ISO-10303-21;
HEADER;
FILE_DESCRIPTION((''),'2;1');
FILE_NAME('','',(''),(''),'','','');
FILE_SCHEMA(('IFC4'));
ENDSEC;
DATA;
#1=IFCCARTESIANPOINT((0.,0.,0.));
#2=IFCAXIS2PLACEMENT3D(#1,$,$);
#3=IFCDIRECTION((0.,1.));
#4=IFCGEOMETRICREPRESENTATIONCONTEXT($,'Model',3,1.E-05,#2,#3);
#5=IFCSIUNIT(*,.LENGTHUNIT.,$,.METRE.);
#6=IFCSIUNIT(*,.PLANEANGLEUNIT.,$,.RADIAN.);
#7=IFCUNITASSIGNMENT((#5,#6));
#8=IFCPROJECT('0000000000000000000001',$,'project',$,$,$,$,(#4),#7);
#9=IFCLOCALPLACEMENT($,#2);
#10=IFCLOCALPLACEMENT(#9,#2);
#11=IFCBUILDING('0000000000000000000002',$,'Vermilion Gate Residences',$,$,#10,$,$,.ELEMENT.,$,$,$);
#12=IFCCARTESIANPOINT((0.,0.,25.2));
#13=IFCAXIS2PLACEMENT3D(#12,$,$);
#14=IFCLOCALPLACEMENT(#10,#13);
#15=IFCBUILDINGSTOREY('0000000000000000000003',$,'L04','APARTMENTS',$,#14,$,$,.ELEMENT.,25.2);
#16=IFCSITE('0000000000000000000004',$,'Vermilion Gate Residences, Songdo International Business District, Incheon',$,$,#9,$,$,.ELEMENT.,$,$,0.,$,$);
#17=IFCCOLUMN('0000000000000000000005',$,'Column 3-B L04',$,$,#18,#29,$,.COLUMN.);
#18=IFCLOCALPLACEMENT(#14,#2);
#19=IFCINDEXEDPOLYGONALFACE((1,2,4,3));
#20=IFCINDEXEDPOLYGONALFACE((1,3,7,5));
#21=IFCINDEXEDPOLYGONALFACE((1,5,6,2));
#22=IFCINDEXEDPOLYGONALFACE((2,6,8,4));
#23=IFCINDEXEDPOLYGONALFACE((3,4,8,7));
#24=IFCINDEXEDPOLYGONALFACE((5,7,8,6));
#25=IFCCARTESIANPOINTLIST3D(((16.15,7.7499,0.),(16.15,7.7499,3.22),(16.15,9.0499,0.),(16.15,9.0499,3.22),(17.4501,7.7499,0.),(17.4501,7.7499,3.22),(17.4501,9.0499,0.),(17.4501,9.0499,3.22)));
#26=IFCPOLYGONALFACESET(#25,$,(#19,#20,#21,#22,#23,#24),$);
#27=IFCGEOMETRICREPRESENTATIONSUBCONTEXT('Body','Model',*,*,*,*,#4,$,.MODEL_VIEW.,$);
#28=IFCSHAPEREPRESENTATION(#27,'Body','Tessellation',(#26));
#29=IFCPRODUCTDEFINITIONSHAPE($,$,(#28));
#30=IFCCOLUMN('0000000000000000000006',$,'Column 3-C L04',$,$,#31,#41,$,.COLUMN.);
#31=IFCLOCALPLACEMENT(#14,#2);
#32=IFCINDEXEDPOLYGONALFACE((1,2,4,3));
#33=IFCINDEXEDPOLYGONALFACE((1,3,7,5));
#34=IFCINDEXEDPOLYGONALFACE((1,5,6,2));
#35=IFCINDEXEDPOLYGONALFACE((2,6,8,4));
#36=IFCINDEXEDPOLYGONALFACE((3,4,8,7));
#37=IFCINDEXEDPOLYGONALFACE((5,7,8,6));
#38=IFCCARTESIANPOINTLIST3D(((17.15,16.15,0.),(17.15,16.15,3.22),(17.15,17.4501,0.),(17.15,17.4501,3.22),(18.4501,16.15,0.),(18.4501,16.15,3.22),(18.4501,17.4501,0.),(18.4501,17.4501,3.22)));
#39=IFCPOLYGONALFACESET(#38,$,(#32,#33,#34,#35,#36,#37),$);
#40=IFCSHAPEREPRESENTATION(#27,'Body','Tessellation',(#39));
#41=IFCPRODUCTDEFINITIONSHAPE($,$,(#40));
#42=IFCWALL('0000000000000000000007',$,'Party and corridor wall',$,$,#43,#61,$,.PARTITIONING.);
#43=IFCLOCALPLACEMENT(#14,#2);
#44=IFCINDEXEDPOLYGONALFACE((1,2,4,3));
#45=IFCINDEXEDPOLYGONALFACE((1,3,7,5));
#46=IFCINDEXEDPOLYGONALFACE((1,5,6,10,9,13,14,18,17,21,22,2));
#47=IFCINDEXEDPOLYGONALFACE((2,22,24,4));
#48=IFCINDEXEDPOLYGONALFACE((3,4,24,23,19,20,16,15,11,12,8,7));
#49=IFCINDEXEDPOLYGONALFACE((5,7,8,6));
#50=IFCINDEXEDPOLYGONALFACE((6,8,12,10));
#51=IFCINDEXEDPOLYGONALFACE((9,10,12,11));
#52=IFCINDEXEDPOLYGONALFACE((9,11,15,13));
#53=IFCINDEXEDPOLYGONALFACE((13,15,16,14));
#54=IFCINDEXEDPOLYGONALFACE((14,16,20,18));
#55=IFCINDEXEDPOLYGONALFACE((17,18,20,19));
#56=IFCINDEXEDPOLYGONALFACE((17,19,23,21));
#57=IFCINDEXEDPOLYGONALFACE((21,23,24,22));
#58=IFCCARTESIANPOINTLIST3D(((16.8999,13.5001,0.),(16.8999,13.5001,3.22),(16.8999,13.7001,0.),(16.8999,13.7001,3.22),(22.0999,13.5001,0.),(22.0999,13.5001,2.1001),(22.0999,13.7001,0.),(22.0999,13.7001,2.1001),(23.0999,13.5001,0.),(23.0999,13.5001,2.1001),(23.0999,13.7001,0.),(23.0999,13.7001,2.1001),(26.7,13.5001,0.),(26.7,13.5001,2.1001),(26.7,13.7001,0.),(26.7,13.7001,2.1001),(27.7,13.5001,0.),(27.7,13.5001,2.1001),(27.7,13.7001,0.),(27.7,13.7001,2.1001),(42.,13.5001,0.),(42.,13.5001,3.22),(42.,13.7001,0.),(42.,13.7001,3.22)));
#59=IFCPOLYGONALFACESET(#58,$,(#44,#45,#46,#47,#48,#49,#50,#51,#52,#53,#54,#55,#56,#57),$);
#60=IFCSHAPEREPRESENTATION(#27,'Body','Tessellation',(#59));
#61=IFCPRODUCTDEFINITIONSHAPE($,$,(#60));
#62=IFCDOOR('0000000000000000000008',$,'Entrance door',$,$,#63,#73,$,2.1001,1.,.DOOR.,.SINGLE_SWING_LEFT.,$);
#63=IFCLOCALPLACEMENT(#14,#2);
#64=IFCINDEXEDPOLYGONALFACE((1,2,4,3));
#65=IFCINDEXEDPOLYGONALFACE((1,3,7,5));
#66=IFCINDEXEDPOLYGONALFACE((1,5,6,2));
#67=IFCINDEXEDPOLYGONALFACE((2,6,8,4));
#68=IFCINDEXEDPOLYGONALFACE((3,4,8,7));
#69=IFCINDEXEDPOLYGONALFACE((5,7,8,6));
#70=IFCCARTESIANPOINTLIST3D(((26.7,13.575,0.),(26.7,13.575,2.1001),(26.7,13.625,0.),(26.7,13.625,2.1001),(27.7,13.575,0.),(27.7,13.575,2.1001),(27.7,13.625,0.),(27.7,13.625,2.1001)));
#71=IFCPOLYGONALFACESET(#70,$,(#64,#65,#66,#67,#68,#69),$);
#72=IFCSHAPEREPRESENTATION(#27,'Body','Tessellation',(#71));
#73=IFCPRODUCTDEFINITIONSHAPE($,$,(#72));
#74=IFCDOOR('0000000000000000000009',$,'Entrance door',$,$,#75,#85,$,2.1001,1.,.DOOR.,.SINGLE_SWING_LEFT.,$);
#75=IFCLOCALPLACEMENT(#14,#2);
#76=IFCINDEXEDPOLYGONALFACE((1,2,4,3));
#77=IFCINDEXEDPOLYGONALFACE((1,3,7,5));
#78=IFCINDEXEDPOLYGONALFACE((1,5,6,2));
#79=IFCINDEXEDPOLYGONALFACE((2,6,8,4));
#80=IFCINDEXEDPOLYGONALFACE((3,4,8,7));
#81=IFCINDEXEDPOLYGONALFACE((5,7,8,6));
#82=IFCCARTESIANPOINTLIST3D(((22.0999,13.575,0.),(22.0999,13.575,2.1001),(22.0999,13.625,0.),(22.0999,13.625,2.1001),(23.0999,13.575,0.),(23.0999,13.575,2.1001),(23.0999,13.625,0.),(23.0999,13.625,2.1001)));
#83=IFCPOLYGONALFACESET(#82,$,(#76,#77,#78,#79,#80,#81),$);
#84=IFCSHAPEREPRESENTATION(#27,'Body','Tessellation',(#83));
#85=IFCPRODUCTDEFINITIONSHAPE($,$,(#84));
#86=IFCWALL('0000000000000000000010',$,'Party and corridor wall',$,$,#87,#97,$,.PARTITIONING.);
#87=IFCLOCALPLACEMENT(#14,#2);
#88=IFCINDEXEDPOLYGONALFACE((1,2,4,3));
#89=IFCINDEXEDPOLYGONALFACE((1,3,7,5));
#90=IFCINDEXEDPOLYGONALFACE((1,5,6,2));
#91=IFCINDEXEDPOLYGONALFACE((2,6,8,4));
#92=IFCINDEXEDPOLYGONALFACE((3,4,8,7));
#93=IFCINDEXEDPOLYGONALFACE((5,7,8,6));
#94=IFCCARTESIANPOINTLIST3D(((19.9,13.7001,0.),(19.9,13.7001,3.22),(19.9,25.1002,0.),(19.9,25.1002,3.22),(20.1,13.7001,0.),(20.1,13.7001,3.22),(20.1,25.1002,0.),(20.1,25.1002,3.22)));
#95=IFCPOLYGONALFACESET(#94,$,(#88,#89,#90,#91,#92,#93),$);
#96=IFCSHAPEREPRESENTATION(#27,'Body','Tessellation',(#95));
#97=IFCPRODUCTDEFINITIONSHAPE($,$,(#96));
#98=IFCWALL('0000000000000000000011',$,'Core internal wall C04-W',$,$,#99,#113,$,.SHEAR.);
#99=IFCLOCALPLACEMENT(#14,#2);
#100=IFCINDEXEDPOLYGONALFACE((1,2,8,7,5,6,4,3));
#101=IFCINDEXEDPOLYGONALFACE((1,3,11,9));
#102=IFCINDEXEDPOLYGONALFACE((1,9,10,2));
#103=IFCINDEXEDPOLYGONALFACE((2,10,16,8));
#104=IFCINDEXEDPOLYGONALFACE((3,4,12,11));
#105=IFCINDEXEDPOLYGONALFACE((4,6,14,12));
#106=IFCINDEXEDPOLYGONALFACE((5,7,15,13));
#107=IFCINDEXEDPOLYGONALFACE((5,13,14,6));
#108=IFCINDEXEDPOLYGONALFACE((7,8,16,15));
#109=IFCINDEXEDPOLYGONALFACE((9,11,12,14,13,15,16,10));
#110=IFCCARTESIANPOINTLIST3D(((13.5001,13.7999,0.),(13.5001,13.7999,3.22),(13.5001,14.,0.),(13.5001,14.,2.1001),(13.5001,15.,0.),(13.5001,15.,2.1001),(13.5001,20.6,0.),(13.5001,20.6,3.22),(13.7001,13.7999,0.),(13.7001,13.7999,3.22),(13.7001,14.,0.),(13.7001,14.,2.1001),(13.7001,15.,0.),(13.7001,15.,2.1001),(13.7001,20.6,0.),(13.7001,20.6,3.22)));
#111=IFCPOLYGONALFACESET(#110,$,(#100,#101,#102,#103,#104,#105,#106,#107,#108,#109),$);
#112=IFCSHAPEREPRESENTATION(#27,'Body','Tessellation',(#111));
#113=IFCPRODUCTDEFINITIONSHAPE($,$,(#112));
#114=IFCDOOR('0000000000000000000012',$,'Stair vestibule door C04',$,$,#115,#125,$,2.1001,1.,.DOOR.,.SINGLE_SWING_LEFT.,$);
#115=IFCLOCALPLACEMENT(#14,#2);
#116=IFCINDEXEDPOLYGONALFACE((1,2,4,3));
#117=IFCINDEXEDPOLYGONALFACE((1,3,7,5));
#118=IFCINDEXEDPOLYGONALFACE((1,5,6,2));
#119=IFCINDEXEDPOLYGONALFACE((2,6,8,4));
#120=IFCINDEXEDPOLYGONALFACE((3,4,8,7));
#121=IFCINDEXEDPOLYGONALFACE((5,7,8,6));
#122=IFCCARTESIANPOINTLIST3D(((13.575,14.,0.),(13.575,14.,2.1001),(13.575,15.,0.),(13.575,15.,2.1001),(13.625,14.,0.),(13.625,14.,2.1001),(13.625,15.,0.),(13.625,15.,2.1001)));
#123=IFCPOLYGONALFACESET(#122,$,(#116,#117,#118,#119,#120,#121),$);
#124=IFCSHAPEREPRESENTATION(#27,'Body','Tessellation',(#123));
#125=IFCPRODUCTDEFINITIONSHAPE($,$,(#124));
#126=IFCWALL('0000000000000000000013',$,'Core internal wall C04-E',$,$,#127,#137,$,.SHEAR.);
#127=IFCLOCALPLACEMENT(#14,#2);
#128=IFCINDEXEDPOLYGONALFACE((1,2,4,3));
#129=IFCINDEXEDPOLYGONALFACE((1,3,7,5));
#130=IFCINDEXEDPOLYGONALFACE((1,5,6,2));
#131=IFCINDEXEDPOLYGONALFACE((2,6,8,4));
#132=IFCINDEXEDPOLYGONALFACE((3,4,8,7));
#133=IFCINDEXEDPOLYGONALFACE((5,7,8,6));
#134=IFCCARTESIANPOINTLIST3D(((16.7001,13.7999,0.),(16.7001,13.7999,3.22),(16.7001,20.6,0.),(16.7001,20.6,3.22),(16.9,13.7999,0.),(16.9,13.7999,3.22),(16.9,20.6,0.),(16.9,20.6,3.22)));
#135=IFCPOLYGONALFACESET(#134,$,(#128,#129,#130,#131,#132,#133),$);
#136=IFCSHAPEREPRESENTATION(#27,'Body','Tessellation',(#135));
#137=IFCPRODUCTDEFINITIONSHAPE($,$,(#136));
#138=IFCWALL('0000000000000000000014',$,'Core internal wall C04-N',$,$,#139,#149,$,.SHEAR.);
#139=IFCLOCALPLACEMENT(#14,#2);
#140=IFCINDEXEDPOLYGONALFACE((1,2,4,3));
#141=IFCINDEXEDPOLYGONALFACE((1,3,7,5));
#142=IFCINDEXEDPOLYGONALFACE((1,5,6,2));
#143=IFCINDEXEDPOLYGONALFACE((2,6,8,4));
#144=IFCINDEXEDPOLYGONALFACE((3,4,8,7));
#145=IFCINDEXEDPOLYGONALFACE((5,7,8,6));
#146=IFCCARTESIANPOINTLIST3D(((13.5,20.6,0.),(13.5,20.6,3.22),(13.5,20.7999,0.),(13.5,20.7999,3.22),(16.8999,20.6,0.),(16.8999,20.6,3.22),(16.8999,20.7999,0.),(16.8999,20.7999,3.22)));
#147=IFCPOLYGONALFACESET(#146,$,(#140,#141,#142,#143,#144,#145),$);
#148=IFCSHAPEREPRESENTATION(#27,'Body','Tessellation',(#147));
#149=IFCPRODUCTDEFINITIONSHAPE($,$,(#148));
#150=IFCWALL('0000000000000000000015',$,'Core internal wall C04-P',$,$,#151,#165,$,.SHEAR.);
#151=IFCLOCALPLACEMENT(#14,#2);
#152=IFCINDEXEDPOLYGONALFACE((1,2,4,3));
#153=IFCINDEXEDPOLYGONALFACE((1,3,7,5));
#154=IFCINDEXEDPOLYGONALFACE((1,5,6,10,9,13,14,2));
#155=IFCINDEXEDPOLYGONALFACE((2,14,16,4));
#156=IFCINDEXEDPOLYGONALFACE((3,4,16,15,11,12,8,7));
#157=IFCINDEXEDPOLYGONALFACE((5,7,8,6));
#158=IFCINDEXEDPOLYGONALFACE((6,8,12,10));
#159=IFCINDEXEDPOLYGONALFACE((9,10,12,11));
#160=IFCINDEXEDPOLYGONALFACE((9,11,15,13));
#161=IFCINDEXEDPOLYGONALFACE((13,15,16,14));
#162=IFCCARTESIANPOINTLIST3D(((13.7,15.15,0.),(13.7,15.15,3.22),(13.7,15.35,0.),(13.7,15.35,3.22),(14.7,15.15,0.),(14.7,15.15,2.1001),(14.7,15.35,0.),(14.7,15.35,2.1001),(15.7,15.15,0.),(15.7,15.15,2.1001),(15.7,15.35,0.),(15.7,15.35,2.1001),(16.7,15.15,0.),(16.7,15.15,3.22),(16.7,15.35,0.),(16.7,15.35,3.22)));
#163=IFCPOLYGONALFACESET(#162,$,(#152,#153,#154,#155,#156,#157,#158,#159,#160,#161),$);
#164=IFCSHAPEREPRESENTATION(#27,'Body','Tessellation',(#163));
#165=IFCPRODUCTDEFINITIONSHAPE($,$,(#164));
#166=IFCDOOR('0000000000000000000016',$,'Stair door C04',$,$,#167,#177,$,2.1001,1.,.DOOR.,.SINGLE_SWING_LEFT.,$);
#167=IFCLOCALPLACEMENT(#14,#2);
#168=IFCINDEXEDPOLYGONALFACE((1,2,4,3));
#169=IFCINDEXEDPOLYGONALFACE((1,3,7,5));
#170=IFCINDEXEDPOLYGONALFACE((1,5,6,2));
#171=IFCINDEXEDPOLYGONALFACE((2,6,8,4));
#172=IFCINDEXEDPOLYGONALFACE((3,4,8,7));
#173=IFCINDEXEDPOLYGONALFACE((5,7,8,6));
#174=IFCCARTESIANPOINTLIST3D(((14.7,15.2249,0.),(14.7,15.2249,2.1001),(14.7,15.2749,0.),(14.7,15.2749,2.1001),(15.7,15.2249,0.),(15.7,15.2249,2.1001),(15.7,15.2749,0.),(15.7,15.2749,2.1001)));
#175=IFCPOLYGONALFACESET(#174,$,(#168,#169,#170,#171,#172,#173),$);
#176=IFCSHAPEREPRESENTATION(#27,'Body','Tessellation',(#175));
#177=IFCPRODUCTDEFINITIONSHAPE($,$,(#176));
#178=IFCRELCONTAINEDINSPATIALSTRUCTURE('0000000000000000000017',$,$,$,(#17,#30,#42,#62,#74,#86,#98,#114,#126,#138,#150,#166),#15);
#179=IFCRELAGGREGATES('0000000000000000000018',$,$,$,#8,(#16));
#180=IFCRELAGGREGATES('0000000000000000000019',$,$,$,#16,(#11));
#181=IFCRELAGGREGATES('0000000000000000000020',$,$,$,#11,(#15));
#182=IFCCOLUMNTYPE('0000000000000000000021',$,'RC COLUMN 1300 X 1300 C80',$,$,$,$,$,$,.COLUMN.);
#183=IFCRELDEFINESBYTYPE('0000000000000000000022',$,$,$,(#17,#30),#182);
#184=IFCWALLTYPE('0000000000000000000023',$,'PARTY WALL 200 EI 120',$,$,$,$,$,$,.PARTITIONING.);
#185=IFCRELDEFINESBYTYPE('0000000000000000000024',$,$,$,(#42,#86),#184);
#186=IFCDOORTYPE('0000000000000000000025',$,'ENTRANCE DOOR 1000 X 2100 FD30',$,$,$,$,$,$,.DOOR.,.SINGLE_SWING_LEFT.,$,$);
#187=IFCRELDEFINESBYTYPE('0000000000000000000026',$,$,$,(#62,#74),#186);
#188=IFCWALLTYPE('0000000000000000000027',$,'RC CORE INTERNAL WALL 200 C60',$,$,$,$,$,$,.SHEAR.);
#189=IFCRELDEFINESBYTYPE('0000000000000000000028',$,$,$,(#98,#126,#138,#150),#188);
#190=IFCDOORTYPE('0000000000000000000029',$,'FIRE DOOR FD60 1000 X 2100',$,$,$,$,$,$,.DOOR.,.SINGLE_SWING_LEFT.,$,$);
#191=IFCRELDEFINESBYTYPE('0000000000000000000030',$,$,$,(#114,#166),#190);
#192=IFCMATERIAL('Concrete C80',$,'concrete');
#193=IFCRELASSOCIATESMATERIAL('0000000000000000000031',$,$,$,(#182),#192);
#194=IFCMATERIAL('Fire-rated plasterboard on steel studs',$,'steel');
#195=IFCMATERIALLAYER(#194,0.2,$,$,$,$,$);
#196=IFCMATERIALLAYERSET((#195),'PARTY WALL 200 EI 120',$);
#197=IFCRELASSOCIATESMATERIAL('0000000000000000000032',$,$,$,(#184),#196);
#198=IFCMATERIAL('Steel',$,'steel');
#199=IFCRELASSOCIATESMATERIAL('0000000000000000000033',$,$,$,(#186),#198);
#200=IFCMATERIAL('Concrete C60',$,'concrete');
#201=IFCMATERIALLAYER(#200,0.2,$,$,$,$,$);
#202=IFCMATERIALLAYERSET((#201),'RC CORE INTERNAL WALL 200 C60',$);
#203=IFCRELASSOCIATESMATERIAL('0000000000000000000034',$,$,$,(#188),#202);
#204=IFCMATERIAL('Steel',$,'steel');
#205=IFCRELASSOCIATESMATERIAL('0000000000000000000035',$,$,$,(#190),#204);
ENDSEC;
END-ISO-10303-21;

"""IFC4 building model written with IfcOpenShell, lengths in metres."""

from ifc_helpers import new_model, si_unit, direction, frame, frame_2d, origin, origin_2d, place, context, subcontext, project, spatial, rectangle, extrude, material, layer, layer_set, material_profile, profile_set, type_object, element, fill, save


model = new_model("IFC4")

# Units and contexts
model_context = context("Model", 3, precision=1e-05, world=origin(), true_north=direction((0.0, 1.0)))
body_context = subcontext(model_context, "Body", "Model", "MODEL_VIEW")
ifc_project = project(units=[si_unit("LENGTHUNIT", "METRE"), si_unit("PLANEANGLEUNIT", "RADIAN")], contexts=[model_context])

# Site, building, storey
site_placement = place(None, origin())
site = spatial("IfcSite", under=ifc_project, at=site_placement, Name="Vermilion Gate Residences, Songdo International Business District, Incheon", CompositionType="ELEMENT", RefElevation=0.0)
building_placement = place(site_placement, origin())
building = spatial("IfcBuilding", under=site, at=building_placement, Name="Vermilion Gate Residences", CompositionType="ELEMENT")
storey_placement = place(building_placement, frame((0.0, 0.0, 25.2)))
storey = spatial("IfcBuildingStorey", under=building, at=storey_placement, Name="L04", Description="APARTMENTS", CompositionType="ELEMENT", Elevation=25.2)

# Columns
ifc_material_1 = material(Name="Concrete C80", Category="concrete")
ifc_material_profile = material_profile(ifc_material_1, rectangle(XDim=1.3, YDim=1.3, at=origin_2d()), Name="RC-1300x1300")
ifc_profile_set = profile_set([ifc_material_profile], Name="Concrete C80")
column_type = type_object("IfcColumnType", Name="RC COLUMN 1300 X 1300 C80", PredefinedType="COLUMN", material=ifc_profile_set)
for number, where, z_axis, x_axis, name in (
    (1, (16.8, 8.3999, 0.0), (0.0, 0.0, 1.0), (1.0, 0.0, 0.0), "Column 3-B L04"),
    (2, (17.8, 16.8, 0.0), (0.0, 0.0, 1.0), (1.0, 0.0, 0.0), "Column 3-C L04"),
):
    element("IfcColumn", number, at=place(storey_placement, frame(where, z_axis=z_axis, x_axis=x_axis)), inside=storey, type_object=column_type, Name=name, PredefinedType="COLUMN", context=body_context, shape_type="SweptSolid", body=[
        extrude(rectangle(XDim=1.3, YDim=1.3, at=origin_2d()), origin(), (0.0, 0.0, 1.0), 3.22),
    ])

# Wall, openings, doors
ifc_material_2 = material(Name="Fire-rated plasterboard on steel studs", Category="steel")
ifc_layer_1 = layer(ifc_material_2, 0.2)
ifc_layer_set_1 = layer_set([ifc_layer_1], Name="PARTY WALL 200 EI 120")
wall_type_1 = type_object("IfcWallType", Name="PARTY WALL 200 EI 120", PredefinedType="PARTITIONING", material=ifc_layer_set_1)
wall_1_placement = place(storey_placement, frame((16.8999, 13.6001, 0.0), z_axis=(0.0, 0.0, 1.0), x_axis=(1.0, 0.0, 0.0)))
wall_1 = element("IfcWall", 3, at=wall_1_placement, inside=storey, type_object=wall_type_1, Name="Party and corridor wall", PredefinedType="PARTITIONING", context=body_context, shape_type="SweptSolid", body=[
    extrude(rectangle(XDim=25.1001, YDim=0.2, at=frame_2d((12.55, 0.0))), origin(), (0.0, 0.0, 1.0), 3.22),
])
opening_1_placement = place(wall_1_placement, frame((9.8, 0.0, 0.0)))
opening_1 = element("IfcOpeningElement", 4, at=opening_1_placement, cuts=wall_1, PredefinedType="OPENING", context=body_context, shape_type="SweptSolid", body=[
    extrude(rectangle(XDim=1.0, YDim=2.1001, at=frame_2d((0.5, 1.05))), frame((0.0, 0.1099, 0.0), z_axis=(0.0, -1.0, 0.0), x_axis=(1.0, 0.0, 0.0)), (0.0, 0.0, 1.0), 0.22),
])
opening_2_placement = place(wall_1_placement, frame((5.2, 0.0, 0.0)))
opening_2 = element("IfcOpeningElement", 5, at=opening_2_placement, cuts=wall_1, PredefinedType="OPENING", context=body_context, shape_type="SweptSolid", body=[
    extrude(rectangle(XDim=1.0, YDim=2.1001, at=frame_2d((0.5, 1.05))), frame((0.0, 0.1099, 0.0), z_axis=(0.0, -1.0, 0.0), x_axis=(1.0, 0.0, 0.0)), (0.0, 0.0, 1.0), 0.22),
])
ifc_material_3 = material(Name="Steel", Category="steel")
door_type_1 = type_object("IfcDoorType", Name="ENTRANCE DOOR 1000 X 2100 FD30", OperationType="SINGLE_SWING_LEFT", PredefinedType="DOOR", material=ifc_material_3)
door_1_placement = place(opening_1_placement, origin())
door_1 = element("IfcDoor", 6, at=door_1_placement, inside=storey, type_object=door_type_1, Name="Entrance door", OperationType="SINGLE_SWING_LEFT", OverallHeight=2.1001, OverallWidth=1.0, PredefinedType="DOOR", context=body_context, shape_type="SweptSolid", body=[
    extrude(rectangle(XDim=1.0, YDim=2.1001, at=frame_2d((0.5, 1.05))), frame((0.0, 0.0249, 0.0), z_axis=(0.0, -1.0, 0.0), x_axis=(1.0, 0.0, 0.0)), (0.0, 0.0, 1.0), 0.05),
])
fill(opening_1, door_1)
door_2_placement = place(opening_2_placement, origin())
door_2 = element("IfcDoor", 7, at=door_2_placement, inside=storey, type_object=door_type_1, Name="Entrance door", OperationType="SINGLE_SWING_LEFT", OverallHeight=2.1001, OverallWidth=1.0, PredefinedType="DOOR", context=body_context, shape_type="SweptSolid", body=[
    extrude(rectangle(XDim=1.0, YDim=2.1001, at=frame_2d((0.5, 1.05))), frame((0.0, 0.0249, 0.0), z_axis=(0.0, -1.0, 0.0), x_axis=(1.0, 0.0, 0.0)), (0.0, 0.0, 1.0), 0.05),
])
fill(opening_2, door_2)

# Wall
wall_2_placement = place(storey_placement, frame((20.0, 13.7, 0.0), z_axis=(0.0, 0.0, 1.0), x_axis=(0.0, 1.0, 0.0)))
element("IfcWall", 8, at=wall_2_placement, inside=storey, type_object=wall_type_1, Name="Party and corridor wall", PredefinedType="PARTITIONING", context=body_context, shape_type="SweptSolid", body=[
    extrude(rectangle(XDim=11.4001, YDim=0.2, at=frame_2d((5.7002, 0.0))), origin(), (0.0, 0.0, 1.0), 3.22),
])

# Wall, opening, door
ifc_material_4 = material(Name="Concrete C60", Category="concrete")
ifc_layer_2 = layer(ifc_material_4, 0.2)
ifc_layer_set_2 = layer_set([ifc_layer_2], Name="RC CORE INTERNAL WALL 200 C60")
wall_type_2 = type_object("IfcWallType", Name="RC CORE INTERNAL WALL 200 C60", PredefinedType="SHEAR", material=ifc_layer_set_2)
wall_3_placement = place(storey_placement, frame((13.6001, 13.8, 0.0), z_axis=(0.0, 0.0, 1.0), x_axis=(0.0, 1.0, 0.0)))
wall_3 = element("IfcWall", 9, at=wall_3_placement, inside=storey, type_object=wall_type_2, Name="Core internal wall C04-W", PredefinedType="SHEAR", context=body_context, shape_type="SweptSolid", body=[
    extrude(rectangle(XDim=6.8, YDim=0.2, at=frame_2d((3.3999, 0.0))), origin(), (0.0, 0.0, 1.0), 3.22),
])
opening_3_placement = place(wall_3_placement, frame((0.2, 0.0, 0.0)))
opening_3 = element("IfcOpeningElement", 10, at=opening_3_placement, cuts=wall_3, PredefinedType="OPENING", context=body_context, shape_type="SweptSolid", body=[
    extrude(rectangle(XDim=1.0, YDim=2.1001, at=frame_2d((0.5, 1.05))), frame((0.0, 0.1099, 0.0), z_axis=(0.0, -1.0, 0.0), x_axis=(1.0, 0.0, 0.0)), (0.0, 0.0, 1.0), 0.22),
])
ifc_material_5 = material(Name="Steel", Category="steel")
door_type_2 = type_object("IfcDoorType", Name="FIRE DOOR FD60 1000 X 2100", OperationType="SINGLE_SWING_LEFT", PredefinedType="DOOR", material=ifc_material_5)
door_3_placement = place(opening_3_placement, frame((1.0, 0.0, 0.0), z_axis=(0.0, 0.0, 1.0), x_axis=(-1.0, 0.0, 0.0)))
door_3 = element("IfcDoor", 11, at=door_3_placement, inside=storey, type_object=door_type_2, Name="Stair vestibule door C04", OperationType="SINGLE_SWING_LEFT", OverallHeight=2.1001, OverallWidth=1.0, PredefinedType="DOOR", context=body_context, shape_type="SweptSolid", body=[
    extrude(rectangle(XDim=1.0, YDim=2.1001, at=frame_2d((0.5, 1.05))), frame((0.0, 0.0249, 0.0), z_axis=(0.0, -1.0, 0.0), x_axis=(1.0, 0.0, 0.0)), (0.0, 0.0, 1.0), 0.05),
])
fill(opening_3, door_3)

# Walls
wall_4_placement = place(storey_placement, frame((16.8, 13.8, 0.0), z_axis=(0.0, 0.0, 1.0), x_axis=(0.0, 1.0, 0.0)))
element("IfcWall", 12, at=wall_4_placement, inside=storey, type_object=wall_type_2, Name="Core internal wall C04-E", PredefinedType="SHEAR", context=body_context, shape_type="SweptSolid", body=[
    extrude(rectangle(XDim=6.8, YDim=0.2, at=frame_2d((3.3999, 0.0))), origin(), (0.0, 0.0, 1.0), 3.22),
])
wall_5_placement = place(storey_placement, frame((13.5, 20.7, 0.0), z_axis=(0.0, 0.0, 1.0), x_axis=(1.0, 0.0, 0.0)))
element("IfcWall", 13, at=wall_5_placement, inside=storey, type_object=wall_type_2, Name="Core internal wall C04-N", PredefinedType="SHEAR", context=body_context, shape_type="SweptSolid", body=[
    extrude(rectangle(XDim=3.3999, YDim=0.2, at=frame_2d((1.7, 0.0))), origin(), (0.0, 0.0, 1.0), 3.22),
])

# Wall, opening, door
wall_6_placement = place(storey_placement, frame((13.7, 15.25, 0.0), z_axis=(0.0, 0.0, 1.0), x_axis=(1.0, 0.0, 0.0)))
wall_6 = element("IfcWall", 14, at=wall_6_placement, inside=storey, type_object=wall_type_2, Name="Core internal wall C04-P", PredefinedType="SHEAR", context=body_context, shape_type="SweptSolid", body=[
    extrude(rectangle(XDim=3.0, YDim=0.2, at=frame_2d((1.5, 0.0))), origin(), (0.0, 0.0, 1.0), 3.22),
])
opening_4_placement = place(wall_6_placement, frame((1.0, 0.0, 0.0)))
opening_4 = element("IfcOpeningElement", 15, at=opening_4_placement, cuts=wall_6, PredefinedType="OPENING", context=body_context, shape_type="SweptSolid", body=[
    extrude(rectangle(XDim=1.0, YDim=2.1001, at=frame_2d((0.5, 1.05))), frame((0.0, 0.1099, 0.0), z_axis=(0.0, -1.0, 0.0), x_axis=(1.0, 0.0, 0.0)), (0.0, 0.0, 1.0), 0.22),
])
door_4_placement = place(opening_4_placement, origin())
door_4 = element("IfcDoor", 16, at=door_4_placement, inside=storey, type_object=door_type_2, Name="Stair door C04", OperationType="SINGLE_SWING_LEFT", OverallHeight=2.1001, OverallWidth=1.0, PredefinedType="DOOR", context=body_context, shape_type="SweptSolid", body=[
    extrude(rectangle(XDim=1.0, YDim=2.1001, at=frame_2d((0.5, 1.05))), frame((0.0, 0.0249, 0.0), z_axis=(0.0, -1.0, 0.0), x_axis=(1.0, 0.0, 0.0)), (0.0, 0.0, 1.0), 0.05),
])
fill(opening_4, door_4)

save(model, "model.ifc")
